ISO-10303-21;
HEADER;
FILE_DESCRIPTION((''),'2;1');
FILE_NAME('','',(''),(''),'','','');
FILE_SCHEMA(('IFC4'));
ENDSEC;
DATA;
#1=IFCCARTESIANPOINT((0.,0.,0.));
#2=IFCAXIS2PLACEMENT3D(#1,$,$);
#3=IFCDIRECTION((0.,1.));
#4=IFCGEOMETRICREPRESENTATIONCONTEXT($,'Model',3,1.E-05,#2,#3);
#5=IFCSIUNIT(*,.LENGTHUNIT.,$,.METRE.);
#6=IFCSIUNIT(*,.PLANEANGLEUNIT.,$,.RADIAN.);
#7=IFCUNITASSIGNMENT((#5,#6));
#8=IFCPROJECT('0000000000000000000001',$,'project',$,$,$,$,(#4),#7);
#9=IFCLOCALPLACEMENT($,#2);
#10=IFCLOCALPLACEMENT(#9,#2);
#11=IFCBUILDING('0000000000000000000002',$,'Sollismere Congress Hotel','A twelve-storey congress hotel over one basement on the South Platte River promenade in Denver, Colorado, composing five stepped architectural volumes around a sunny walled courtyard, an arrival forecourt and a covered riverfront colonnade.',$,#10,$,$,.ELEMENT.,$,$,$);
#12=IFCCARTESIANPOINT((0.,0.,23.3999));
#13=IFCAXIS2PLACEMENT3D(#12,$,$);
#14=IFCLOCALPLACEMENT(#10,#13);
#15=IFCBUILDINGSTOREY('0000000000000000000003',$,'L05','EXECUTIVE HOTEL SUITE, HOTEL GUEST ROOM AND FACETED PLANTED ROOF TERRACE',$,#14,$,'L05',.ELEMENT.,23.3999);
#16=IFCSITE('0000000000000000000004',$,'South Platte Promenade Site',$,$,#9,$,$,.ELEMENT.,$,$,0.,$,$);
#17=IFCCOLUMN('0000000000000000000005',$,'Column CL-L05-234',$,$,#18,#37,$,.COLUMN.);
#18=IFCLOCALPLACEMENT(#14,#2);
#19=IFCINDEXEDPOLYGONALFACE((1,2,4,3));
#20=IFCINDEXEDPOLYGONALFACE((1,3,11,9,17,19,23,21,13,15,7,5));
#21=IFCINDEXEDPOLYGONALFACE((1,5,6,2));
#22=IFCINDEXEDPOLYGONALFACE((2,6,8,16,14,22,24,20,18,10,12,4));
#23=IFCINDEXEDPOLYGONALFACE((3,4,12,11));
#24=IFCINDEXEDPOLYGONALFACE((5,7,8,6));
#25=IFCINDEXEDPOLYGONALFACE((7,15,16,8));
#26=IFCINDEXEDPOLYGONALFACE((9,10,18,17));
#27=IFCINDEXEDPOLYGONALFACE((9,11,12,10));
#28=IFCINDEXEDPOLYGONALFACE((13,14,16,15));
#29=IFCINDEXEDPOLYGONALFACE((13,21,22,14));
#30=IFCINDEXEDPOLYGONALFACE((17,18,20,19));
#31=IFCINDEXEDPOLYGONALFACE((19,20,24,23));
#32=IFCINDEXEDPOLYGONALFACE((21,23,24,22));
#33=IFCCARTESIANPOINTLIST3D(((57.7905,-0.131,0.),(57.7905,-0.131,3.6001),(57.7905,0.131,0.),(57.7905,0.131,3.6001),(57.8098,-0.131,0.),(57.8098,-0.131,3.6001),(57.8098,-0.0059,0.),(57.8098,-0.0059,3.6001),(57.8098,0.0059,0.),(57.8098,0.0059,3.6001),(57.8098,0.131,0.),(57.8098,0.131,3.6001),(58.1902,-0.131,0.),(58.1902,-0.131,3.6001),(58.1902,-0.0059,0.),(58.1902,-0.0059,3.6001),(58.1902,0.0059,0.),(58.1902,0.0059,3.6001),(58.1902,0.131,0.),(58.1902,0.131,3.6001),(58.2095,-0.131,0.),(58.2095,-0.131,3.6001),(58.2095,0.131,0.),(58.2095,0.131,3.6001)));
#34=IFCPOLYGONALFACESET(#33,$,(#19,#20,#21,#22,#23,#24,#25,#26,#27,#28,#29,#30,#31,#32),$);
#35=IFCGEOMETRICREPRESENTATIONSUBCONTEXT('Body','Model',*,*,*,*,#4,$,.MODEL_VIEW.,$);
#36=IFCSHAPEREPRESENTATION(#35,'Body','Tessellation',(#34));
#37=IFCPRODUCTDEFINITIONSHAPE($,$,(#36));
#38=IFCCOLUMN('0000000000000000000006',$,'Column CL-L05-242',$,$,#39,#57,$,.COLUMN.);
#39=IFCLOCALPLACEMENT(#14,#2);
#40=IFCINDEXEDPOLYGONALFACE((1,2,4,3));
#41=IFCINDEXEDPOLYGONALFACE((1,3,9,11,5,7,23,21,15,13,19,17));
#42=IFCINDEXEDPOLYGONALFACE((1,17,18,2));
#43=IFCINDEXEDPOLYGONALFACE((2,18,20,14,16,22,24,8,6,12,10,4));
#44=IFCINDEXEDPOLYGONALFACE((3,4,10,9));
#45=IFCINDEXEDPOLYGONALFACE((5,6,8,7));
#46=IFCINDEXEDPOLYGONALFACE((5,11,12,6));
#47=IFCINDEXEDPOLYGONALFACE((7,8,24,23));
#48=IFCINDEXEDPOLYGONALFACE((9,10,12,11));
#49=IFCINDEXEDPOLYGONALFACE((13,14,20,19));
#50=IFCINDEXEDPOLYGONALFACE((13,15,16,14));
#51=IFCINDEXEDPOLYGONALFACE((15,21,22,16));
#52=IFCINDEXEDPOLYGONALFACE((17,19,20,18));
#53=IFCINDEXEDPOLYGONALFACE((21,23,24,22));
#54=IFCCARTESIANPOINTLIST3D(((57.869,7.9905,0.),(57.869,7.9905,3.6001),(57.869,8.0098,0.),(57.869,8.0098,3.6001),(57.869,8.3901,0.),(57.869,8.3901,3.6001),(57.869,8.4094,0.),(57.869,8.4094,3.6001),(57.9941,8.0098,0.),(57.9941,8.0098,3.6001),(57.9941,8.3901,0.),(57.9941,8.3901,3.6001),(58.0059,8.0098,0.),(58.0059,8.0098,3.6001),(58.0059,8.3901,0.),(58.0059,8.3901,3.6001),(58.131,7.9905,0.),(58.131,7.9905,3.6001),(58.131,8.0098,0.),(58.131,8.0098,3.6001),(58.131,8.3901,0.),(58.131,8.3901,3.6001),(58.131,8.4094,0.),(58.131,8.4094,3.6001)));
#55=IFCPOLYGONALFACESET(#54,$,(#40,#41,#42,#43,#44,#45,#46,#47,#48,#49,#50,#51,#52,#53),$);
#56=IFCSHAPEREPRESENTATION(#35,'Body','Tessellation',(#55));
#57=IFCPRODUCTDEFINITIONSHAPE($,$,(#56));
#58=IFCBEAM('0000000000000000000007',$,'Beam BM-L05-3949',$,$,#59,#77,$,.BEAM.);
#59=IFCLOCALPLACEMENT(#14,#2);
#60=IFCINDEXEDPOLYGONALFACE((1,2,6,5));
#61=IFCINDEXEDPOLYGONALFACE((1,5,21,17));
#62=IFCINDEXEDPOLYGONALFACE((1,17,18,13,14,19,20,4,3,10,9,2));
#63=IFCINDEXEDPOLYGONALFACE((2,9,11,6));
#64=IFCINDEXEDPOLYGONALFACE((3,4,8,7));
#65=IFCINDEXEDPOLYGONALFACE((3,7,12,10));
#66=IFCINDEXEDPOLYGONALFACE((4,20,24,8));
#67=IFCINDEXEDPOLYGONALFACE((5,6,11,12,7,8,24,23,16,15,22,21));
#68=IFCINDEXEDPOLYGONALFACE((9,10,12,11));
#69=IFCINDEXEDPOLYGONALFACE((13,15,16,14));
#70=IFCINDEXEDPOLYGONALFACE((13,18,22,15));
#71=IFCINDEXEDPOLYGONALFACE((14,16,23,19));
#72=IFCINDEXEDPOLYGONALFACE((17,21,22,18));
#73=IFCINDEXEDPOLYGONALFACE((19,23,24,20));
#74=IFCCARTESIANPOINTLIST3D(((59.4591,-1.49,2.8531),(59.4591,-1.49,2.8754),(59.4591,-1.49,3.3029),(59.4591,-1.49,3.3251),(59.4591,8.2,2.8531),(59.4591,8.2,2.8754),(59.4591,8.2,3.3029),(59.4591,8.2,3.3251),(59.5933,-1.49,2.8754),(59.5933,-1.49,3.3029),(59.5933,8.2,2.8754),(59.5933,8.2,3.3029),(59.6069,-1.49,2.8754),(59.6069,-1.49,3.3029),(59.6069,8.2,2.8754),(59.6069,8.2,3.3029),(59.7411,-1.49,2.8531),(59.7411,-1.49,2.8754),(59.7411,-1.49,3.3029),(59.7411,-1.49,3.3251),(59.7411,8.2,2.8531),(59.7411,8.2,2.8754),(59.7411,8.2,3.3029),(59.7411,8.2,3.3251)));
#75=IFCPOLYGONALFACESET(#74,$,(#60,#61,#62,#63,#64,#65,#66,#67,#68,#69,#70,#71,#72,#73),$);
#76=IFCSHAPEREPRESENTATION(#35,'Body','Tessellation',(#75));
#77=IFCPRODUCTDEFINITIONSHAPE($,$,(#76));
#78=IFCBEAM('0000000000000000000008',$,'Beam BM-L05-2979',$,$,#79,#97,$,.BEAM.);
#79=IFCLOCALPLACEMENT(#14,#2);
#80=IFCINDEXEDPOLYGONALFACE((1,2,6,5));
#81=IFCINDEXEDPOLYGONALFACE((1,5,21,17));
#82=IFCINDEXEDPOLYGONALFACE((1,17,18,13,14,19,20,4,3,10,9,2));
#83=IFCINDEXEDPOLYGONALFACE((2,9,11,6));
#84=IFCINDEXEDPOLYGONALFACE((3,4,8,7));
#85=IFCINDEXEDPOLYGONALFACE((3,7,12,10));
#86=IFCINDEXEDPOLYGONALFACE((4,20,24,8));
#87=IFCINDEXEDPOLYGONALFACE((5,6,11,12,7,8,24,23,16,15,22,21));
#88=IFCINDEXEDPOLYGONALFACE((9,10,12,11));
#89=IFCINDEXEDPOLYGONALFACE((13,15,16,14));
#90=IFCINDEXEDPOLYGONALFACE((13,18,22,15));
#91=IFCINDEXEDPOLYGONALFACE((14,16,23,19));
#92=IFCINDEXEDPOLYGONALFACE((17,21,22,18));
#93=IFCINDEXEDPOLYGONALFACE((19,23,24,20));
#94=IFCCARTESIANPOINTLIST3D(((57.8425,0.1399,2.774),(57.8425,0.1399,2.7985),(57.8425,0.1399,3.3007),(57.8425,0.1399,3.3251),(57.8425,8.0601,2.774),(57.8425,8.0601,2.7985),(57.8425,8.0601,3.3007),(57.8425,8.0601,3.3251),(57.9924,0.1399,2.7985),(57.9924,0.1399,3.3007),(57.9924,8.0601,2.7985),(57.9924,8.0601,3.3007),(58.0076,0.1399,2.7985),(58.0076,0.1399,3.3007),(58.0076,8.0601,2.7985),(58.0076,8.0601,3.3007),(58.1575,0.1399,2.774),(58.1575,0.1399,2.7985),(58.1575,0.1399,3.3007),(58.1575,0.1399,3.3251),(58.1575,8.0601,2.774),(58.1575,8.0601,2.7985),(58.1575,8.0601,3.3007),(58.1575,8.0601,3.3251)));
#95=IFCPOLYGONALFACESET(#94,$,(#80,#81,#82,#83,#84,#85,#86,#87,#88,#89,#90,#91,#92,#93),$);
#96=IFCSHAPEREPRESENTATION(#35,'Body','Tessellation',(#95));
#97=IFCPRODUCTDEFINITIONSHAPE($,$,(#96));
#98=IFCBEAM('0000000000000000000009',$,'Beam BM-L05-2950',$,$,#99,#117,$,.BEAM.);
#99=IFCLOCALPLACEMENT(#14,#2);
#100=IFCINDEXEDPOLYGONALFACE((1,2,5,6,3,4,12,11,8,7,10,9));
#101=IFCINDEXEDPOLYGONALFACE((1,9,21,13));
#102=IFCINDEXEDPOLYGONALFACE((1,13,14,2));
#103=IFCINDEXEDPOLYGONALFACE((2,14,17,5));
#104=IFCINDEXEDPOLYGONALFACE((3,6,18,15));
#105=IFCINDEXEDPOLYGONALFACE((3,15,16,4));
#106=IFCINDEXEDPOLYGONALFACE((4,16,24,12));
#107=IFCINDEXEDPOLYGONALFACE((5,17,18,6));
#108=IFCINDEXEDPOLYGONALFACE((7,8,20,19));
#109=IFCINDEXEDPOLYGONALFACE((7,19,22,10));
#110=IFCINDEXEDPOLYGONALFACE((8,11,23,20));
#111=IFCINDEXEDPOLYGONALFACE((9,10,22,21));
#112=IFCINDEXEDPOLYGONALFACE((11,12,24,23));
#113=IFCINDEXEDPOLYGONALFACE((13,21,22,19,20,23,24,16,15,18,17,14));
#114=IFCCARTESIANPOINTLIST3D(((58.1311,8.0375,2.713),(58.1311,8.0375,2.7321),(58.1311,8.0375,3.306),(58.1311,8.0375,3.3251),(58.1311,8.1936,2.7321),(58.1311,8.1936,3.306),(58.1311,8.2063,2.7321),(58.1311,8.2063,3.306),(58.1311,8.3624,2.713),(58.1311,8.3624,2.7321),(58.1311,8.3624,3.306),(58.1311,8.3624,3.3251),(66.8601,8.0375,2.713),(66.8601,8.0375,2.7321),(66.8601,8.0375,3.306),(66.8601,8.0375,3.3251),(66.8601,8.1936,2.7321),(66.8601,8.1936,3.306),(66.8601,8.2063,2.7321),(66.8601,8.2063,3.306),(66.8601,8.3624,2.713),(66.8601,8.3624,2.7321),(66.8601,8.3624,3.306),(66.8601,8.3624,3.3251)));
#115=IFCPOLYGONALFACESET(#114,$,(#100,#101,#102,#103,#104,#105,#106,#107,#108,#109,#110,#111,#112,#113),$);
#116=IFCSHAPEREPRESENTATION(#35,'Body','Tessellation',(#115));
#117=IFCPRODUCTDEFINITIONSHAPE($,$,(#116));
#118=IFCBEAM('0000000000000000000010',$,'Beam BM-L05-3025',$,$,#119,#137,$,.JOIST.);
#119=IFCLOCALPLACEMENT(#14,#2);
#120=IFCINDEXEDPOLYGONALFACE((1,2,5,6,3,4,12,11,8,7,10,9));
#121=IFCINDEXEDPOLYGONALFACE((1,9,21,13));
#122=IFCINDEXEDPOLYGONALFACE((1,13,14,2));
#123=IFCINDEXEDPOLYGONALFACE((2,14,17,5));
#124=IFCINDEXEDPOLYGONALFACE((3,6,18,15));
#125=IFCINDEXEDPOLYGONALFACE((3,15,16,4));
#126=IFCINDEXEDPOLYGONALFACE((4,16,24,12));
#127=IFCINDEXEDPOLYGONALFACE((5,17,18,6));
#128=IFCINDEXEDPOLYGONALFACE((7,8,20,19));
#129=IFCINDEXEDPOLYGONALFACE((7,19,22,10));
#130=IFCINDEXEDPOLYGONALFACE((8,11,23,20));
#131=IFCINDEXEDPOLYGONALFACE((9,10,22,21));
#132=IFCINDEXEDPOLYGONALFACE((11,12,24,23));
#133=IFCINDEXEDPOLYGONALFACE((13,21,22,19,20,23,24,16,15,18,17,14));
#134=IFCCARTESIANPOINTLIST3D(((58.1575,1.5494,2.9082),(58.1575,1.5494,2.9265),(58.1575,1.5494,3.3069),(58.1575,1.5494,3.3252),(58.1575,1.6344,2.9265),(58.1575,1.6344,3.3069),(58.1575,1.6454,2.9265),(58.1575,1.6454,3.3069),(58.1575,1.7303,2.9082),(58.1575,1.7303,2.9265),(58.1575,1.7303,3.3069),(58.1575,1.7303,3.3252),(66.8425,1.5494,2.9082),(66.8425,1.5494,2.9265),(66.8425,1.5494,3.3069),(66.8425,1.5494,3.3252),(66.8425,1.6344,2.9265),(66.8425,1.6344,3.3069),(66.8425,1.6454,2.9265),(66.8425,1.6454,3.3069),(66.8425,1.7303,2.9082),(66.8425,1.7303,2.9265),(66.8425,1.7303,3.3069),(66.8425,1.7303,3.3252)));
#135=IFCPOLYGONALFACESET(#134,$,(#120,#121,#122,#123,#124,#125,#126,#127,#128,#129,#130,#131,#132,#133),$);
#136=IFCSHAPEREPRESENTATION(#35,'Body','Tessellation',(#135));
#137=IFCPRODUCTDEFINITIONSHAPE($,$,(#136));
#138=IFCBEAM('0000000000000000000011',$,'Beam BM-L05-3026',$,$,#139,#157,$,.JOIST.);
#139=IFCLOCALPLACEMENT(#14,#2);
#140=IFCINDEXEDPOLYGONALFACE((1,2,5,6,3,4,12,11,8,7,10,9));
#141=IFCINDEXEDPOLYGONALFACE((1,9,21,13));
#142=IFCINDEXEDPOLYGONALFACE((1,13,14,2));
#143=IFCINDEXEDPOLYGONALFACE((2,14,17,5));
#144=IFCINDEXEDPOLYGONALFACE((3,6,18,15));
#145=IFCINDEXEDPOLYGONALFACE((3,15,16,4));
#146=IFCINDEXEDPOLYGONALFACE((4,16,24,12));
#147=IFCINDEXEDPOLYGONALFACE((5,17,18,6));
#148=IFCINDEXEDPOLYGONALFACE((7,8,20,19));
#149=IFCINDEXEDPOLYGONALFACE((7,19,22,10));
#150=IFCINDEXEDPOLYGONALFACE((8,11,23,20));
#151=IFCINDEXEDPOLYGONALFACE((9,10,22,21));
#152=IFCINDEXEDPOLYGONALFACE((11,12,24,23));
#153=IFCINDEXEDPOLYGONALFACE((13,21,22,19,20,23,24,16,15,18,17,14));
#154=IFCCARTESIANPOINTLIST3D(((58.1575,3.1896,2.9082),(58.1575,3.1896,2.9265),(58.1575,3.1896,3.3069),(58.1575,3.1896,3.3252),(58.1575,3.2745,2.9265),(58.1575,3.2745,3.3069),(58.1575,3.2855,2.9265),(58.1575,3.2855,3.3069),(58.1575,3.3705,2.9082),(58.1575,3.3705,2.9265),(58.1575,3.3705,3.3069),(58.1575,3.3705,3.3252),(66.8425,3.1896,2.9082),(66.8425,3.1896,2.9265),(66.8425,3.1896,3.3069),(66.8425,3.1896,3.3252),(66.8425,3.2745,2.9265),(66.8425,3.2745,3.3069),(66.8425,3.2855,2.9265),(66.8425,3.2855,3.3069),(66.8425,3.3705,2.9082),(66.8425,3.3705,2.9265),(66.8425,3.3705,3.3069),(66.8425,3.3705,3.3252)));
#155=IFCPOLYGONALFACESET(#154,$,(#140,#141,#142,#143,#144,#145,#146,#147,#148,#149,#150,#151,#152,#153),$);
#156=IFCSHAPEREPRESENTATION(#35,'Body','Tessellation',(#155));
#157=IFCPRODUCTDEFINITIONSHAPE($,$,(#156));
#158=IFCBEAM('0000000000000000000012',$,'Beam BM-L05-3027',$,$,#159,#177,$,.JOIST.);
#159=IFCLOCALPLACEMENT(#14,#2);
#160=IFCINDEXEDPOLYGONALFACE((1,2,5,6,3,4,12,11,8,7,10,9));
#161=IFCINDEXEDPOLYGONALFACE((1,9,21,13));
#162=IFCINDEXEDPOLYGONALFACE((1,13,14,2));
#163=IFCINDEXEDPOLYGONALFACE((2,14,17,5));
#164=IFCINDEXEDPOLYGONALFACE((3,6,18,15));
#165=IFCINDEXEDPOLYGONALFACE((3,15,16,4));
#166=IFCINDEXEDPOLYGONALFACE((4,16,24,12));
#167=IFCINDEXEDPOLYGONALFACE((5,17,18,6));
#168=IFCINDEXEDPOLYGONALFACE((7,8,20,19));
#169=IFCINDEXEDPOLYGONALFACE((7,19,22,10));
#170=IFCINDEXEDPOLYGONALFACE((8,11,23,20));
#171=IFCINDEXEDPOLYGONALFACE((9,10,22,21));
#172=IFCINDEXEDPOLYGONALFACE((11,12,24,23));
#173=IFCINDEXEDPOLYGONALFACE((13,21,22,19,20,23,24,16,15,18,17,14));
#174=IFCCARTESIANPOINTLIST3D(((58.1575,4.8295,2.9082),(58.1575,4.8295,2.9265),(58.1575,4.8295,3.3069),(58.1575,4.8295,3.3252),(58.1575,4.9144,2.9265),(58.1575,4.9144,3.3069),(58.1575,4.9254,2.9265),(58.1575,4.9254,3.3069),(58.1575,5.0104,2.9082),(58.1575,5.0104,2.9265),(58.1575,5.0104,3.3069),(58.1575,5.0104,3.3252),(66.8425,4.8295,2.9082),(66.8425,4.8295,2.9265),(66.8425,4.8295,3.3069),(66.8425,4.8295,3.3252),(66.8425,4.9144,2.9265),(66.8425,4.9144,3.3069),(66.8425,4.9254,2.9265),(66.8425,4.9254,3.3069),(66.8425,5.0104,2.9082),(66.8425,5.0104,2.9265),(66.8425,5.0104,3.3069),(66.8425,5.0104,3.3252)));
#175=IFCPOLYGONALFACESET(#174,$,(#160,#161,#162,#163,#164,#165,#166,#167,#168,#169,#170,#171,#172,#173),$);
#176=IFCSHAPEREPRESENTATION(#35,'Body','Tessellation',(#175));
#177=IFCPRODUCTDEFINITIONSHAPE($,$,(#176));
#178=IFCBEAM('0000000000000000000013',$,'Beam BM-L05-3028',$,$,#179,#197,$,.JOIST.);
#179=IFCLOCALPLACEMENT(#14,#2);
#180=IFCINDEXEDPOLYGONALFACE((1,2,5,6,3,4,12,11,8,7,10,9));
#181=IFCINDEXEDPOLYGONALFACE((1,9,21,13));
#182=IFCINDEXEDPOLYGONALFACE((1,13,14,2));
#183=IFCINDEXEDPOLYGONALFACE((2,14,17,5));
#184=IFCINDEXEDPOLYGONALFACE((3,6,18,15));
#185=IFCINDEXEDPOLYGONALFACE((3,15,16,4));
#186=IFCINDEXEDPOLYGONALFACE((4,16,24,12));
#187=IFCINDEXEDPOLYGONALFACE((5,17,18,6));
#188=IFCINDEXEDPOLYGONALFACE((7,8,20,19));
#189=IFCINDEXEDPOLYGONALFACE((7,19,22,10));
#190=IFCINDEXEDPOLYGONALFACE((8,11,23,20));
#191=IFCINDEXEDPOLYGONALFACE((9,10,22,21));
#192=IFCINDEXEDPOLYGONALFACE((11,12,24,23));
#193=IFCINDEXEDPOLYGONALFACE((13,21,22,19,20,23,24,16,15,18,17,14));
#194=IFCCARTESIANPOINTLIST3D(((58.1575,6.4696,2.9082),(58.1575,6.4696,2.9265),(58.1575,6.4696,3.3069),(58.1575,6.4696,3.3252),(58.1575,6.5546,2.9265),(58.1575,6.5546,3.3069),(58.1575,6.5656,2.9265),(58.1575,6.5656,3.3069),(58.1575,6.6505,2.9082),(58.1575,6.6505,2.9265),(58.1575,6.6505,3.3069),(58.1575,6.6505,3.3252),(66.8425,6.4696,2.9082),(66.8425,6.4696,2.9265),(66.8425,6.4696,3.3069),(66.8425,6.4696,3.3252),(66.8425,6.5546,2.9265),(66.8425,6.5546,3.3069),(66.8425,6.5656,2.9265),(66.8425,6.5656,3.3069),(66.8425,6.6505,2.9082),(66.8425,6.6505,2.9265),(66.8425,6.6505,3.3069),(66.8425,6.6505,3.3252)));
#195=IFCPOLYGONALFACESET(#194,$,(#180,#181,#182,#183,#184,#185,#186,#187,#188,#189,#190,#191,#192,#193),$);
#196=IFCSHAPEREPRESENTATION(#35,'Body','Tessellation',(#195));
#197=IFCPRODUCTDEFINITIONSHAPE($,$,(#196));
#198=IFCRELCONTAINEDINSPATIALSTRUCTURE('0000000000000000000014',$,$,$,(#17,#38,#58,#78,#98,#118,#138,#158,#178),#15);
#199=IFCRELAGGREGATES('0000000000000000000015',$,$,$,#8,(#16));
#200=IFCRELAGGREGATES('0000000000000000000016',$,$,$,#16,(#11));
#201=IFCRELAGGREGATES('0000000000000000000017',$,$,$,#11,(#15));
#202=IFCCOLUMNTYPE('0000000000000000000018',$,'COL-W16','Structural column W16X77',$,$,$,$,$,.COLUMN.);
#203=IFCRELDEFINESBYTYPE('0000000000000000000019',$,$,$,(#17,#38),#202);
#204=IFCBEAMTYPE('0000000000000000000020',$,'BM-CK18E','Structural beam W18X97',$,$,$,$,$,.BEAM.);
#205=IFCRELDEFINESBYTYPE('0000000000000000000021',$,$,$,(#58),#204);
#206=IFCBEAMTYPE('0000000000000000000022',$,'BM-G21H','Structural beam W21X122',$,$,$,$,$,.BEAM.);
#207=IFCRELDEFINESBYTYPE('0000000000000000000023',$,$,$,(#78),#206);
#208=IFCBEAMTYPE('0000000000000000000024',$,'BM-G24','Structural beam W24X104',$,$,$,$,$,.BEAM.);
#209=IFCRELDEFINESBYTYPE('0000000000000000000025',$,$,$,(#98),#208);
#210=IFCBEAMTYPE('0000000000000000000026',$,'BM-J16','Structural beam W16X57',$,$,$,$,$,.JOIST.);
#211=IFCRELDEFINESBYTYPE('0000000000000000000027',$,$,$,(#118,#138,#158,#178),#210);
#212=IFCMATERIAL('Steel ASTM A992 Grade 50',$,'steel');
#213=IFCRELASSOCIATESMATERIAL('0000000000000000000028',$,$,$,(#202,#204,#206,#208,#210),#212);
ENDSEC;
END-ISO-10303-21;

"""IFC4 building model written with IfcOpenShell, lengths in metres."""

from ifc_helpers import new_model, si_unit, direction, frame, origin, origin_2d, place, context, subcontext, project, spatial, i_section, extrude, material, material_profile, profile_set, type_object, element, save


model = new_model("IFC4")

# Units and contexts
model_context = context("Model", 3, precision=1e-05, world=origin(), true_north=direction((0.0, 1.0)))
body_context = subcontext(model_context, "Body", "Model", "MODEL_VIEW")
ifc_project = project(units=[si_unit("LENGTHUNIT", "METRE"), si_unit("PLANEANGLEUNIT", "RADIAN")], contexts=[model_context])

# Site, building, storey
site_placement = place(None, origin())
site = spatial("IfcSite", under=ifc_project, at=site_placement, Name="South Platte Promenade Site", CompositionType="ELEMENT", RefElevation=0.0)
building_placement = place(site_placement, origin())
building = spatial("IfcBuilding", under=site, at=building_placement, Name="Sollismere Congress Hotel", Description="A twelve-storey congress hotel over one basement on the South Platte River promenade in Denver, Colorado, composing five stepped architectural volumes around a sunny walled courtyard, an arrival forecourt and a covered riverfront colonnade.", CompositionType="ELEMENT")
storey_placement = place(building_placement, frame((0.0, 0.0, 23.3999)))
storey = spatial("IfcBuildingStorey", under=building, at=storey_placement, Name="L05", Description="EXECUTIVE HOTEL SUITE, HOTEL GUEST ROOM AND FACETED PLANTED ROOF TERRACE", LongName="L05", CompositionType="ELEMENT", Elevation=23.3999)

# Columns
ifc_material_1 = material(Name="Steel ASTM A992 Grade 50", Category="steel")
ifc_material_profile_1 = material_profile(ifc_material_1, i_section(OverallWidth=0.262, OverallDepth=0.4189, WebThickness=0.0117, FlangeThickness=0.0193, at=origin_2d()), Name="W16X77")
ifc_profile_set_1 = profile_set([ifc_material_profile_1], Name="Steel ASTM A992 Grade 50")
column_type = type_object("IfcColumnType", Name="COL-W16", Description="Structural column W16X77", PredefinedType="COLUMN", material=ifc_profile_set_1)
for number, where, z_axis, x_axis, name in (
    (1, (58.0, 0.0, 0.0), (0.0, 0.0, 1.0), (0.0, 1.0, 0.0), "Column CL-L05-234"),
    (2, (58.0, 8.2, 0.0), (0.0, 0.0, 1.0), (1.0, 0.0, 0.0), "Column CL-L05-242"),
):
    element("IfcColumn", number, at=place(storey_placement, frame(where, z_axis=z_axis, x_axis=x_axis)), inside=storey, type_object=column_type, Name=name, PredefinedType="COLUMN", context=body_context, shape_type="SweptSolid", body=[
        extrude(i_section(OverallWidth=0.262, OverallDepth=0.4189, WebThickness=0.0117, FlangeThickness=0.0193, at=origin_2d()), origin(), (0.0, 0.0, 1.0), 3.6001),
    ])

# Beams
ifc_material_profile_2 = material_profile(ifc_material_1, i_section(OverallWidth=0.282, OverallDepth=0.4719, WebThickness=0.0137, FlangeThickness=0.0222, at=origin_2d()), Name="W18X97")
ifc_profile_set_2 = profile_set([ifc_material_profile_2], Name="Steel ASTM A992 Grade 50")
beam_type_1 = type_object("IfcBeamType", Name="BM-CK18E", Description="Structural beam W18X97", PredefinedType="BEAM", material=ifc_profile_set_2)
beam_1_placement = place(storey_placement, frame((59.6001, 8.2, 3.0891), z_axis=(0.0, -1.0, 0.0), x_axis=(1.0, 0.0, 0.0)))
element("IfcBeam", 3, at=beam_1_placement, inside=storey, type_object=beam_type_1, Name="Beam BM-L05-3949", PredefinedType="BEAM", context=body_context, shape_type="SweptSolid", body=[
    extrude(i_section(OverallWidth=0.282, OverallDepth=0.4719, WebThickness=0.0137, FlangeThickness=0.0222, at=origin_2d()), origin(), (0.0, 0.0, 1.0), 9.6899),
])
ifc_material_profile_3 = material_profile(ifc_material_1, i_section(OverallWidth=0.3149, OverallDepth=0.551, WebThickness=0.0151, FlangeThickness=0.0244, at=origin_2d()), Name="W21X122")
ifc_profile_set_3 = profile_set([ifc_material_profile_3], Name="Steel ASTM A992 Grade 50")
beam_type_2 = type_object("IfcBeamType", Name="BM-G21H", Description="Structural beam W21X122", PredefinedType="BEAM", material=ifc_profile_set_3)
beam_2_placement = place(storey_placement, frame((58.0, 0.1399, 3.0496), z_axis=(0.0, 1.0, 0.0), x_axis=(-1.0, 0.0, 0.0)))
element("IfcBeam", 4, at=beam_2_placement, inside=storey, type_object=beam_type_2, Name="Beam BM-L05-2979", PredefinedType="BEAM", context=body_context, shape_type="SweptSolid", body=[
    extrude(i_section(OverallWidth=0.3149, OverallDepth=0.551, WebThickness=0.0151, FlangeThickness=0.0244, at=origin_2d()), origin(), (0.0, 0.0, 1.0), 7.9202),
])
ifc_material_profile_4 = material_profile(ifc_material_1, i_section(OverallWidth=0.325, OverallDepth=0.6121, WebThickness=0.0127, FlangeThickness=0.019, at=origin_2d()), Name="W24X104")
ifc_profile_set_4 = profile_set([ifc_material_profile_4], Name="Steel ASTM A992 Grade 50")
beam_type_3 = type_object("IfcBeamType", Name="BM-G24", Description="Structural beam W24X104", PredefinedType="BEAM", material=ifc_profile_set_4)
beam_3_placement = place(storey_placement, frame((58.1311, 8.2, 3.019), z_axis=(1.0, 0.0, 0.0), x_axis=(0.0, 1.0, 0.0)))
element("IfcBeam", 5, at=beam_3_placement, inside=storey, type_object=beam_type_3, Name="Beam BM-L05-2950", PredefinedType="BEAM", context=body_context, shape_type="SweptSolid", body=[
    extrude(i_section(OverallWidth=0.325, OverallDepth=0.6121, WebThickness=0.0127, FlangeThickness=0.019, at=origin_2d()), origin(), (0.0, 0.0, 1.0), 8.729),
])
ifc_material_profile_5 = material_profile(ifc_material_1, i_section(OverallWidth=0.1809, OverallDepth=0.417, WebThickness=0.011, FlangeThickness=0.0183, at=origin_2d()), Name="W16X57")
ifc_profile_set_5 = profile_set([ifc_material_profile_5], Name="Steel ASTM A992 Grade 50")
beam_type_4 = type_object("IfcBeamType", Name="BM-J16", Description="Structural beam W16X57", PredefinedType="JOIST", material=ifc_profile_set_5)
for number, where, z_axis, x_axis, name in (
    (6, (58.1575, 1.6399, 3.1167), (1.0, 0.0, 0.0), (0.0, 1.0, 0.0), "Beam BM-L05-3025"),
    (7, (58.1575, 3.28, 3.1167), (1.0, 0.0, 0.0), (0.0, 1.0, 0.0), "Beam BM-L05-3026"),
    (8, (58.1575, 4.9199, 3.1167), (1.0, 0.0, 0.0), (0.0, 1.0, 0.0), "Beam BM-L05-3027"),
    (9, (58.1575, 6.5601, 3.1167), (1.0, 0.0, 0.0), (0.0, 1.0, 0.0), "Beam BM-L05-3028"),
):
    element("IfcBeam", number, at=place(storey_placement, frame(where, z_axis=z_axis, x_axis=x_axis)), inside=storey, type_object=beam_type_4, Name=name, PredefinedType="JOIST", context=body_context, shape_type="SweptSolid", body=[
        extrude(i_section(OverallWidth=0.1809, OverallDepth=0.417, WebThickness=0.011, FlangeThickness=0.0183, at=origin_2d()), origin(), (0.0, 0.0, 1.0), 8.6851),
    ])

save(model, "model.ifc")
